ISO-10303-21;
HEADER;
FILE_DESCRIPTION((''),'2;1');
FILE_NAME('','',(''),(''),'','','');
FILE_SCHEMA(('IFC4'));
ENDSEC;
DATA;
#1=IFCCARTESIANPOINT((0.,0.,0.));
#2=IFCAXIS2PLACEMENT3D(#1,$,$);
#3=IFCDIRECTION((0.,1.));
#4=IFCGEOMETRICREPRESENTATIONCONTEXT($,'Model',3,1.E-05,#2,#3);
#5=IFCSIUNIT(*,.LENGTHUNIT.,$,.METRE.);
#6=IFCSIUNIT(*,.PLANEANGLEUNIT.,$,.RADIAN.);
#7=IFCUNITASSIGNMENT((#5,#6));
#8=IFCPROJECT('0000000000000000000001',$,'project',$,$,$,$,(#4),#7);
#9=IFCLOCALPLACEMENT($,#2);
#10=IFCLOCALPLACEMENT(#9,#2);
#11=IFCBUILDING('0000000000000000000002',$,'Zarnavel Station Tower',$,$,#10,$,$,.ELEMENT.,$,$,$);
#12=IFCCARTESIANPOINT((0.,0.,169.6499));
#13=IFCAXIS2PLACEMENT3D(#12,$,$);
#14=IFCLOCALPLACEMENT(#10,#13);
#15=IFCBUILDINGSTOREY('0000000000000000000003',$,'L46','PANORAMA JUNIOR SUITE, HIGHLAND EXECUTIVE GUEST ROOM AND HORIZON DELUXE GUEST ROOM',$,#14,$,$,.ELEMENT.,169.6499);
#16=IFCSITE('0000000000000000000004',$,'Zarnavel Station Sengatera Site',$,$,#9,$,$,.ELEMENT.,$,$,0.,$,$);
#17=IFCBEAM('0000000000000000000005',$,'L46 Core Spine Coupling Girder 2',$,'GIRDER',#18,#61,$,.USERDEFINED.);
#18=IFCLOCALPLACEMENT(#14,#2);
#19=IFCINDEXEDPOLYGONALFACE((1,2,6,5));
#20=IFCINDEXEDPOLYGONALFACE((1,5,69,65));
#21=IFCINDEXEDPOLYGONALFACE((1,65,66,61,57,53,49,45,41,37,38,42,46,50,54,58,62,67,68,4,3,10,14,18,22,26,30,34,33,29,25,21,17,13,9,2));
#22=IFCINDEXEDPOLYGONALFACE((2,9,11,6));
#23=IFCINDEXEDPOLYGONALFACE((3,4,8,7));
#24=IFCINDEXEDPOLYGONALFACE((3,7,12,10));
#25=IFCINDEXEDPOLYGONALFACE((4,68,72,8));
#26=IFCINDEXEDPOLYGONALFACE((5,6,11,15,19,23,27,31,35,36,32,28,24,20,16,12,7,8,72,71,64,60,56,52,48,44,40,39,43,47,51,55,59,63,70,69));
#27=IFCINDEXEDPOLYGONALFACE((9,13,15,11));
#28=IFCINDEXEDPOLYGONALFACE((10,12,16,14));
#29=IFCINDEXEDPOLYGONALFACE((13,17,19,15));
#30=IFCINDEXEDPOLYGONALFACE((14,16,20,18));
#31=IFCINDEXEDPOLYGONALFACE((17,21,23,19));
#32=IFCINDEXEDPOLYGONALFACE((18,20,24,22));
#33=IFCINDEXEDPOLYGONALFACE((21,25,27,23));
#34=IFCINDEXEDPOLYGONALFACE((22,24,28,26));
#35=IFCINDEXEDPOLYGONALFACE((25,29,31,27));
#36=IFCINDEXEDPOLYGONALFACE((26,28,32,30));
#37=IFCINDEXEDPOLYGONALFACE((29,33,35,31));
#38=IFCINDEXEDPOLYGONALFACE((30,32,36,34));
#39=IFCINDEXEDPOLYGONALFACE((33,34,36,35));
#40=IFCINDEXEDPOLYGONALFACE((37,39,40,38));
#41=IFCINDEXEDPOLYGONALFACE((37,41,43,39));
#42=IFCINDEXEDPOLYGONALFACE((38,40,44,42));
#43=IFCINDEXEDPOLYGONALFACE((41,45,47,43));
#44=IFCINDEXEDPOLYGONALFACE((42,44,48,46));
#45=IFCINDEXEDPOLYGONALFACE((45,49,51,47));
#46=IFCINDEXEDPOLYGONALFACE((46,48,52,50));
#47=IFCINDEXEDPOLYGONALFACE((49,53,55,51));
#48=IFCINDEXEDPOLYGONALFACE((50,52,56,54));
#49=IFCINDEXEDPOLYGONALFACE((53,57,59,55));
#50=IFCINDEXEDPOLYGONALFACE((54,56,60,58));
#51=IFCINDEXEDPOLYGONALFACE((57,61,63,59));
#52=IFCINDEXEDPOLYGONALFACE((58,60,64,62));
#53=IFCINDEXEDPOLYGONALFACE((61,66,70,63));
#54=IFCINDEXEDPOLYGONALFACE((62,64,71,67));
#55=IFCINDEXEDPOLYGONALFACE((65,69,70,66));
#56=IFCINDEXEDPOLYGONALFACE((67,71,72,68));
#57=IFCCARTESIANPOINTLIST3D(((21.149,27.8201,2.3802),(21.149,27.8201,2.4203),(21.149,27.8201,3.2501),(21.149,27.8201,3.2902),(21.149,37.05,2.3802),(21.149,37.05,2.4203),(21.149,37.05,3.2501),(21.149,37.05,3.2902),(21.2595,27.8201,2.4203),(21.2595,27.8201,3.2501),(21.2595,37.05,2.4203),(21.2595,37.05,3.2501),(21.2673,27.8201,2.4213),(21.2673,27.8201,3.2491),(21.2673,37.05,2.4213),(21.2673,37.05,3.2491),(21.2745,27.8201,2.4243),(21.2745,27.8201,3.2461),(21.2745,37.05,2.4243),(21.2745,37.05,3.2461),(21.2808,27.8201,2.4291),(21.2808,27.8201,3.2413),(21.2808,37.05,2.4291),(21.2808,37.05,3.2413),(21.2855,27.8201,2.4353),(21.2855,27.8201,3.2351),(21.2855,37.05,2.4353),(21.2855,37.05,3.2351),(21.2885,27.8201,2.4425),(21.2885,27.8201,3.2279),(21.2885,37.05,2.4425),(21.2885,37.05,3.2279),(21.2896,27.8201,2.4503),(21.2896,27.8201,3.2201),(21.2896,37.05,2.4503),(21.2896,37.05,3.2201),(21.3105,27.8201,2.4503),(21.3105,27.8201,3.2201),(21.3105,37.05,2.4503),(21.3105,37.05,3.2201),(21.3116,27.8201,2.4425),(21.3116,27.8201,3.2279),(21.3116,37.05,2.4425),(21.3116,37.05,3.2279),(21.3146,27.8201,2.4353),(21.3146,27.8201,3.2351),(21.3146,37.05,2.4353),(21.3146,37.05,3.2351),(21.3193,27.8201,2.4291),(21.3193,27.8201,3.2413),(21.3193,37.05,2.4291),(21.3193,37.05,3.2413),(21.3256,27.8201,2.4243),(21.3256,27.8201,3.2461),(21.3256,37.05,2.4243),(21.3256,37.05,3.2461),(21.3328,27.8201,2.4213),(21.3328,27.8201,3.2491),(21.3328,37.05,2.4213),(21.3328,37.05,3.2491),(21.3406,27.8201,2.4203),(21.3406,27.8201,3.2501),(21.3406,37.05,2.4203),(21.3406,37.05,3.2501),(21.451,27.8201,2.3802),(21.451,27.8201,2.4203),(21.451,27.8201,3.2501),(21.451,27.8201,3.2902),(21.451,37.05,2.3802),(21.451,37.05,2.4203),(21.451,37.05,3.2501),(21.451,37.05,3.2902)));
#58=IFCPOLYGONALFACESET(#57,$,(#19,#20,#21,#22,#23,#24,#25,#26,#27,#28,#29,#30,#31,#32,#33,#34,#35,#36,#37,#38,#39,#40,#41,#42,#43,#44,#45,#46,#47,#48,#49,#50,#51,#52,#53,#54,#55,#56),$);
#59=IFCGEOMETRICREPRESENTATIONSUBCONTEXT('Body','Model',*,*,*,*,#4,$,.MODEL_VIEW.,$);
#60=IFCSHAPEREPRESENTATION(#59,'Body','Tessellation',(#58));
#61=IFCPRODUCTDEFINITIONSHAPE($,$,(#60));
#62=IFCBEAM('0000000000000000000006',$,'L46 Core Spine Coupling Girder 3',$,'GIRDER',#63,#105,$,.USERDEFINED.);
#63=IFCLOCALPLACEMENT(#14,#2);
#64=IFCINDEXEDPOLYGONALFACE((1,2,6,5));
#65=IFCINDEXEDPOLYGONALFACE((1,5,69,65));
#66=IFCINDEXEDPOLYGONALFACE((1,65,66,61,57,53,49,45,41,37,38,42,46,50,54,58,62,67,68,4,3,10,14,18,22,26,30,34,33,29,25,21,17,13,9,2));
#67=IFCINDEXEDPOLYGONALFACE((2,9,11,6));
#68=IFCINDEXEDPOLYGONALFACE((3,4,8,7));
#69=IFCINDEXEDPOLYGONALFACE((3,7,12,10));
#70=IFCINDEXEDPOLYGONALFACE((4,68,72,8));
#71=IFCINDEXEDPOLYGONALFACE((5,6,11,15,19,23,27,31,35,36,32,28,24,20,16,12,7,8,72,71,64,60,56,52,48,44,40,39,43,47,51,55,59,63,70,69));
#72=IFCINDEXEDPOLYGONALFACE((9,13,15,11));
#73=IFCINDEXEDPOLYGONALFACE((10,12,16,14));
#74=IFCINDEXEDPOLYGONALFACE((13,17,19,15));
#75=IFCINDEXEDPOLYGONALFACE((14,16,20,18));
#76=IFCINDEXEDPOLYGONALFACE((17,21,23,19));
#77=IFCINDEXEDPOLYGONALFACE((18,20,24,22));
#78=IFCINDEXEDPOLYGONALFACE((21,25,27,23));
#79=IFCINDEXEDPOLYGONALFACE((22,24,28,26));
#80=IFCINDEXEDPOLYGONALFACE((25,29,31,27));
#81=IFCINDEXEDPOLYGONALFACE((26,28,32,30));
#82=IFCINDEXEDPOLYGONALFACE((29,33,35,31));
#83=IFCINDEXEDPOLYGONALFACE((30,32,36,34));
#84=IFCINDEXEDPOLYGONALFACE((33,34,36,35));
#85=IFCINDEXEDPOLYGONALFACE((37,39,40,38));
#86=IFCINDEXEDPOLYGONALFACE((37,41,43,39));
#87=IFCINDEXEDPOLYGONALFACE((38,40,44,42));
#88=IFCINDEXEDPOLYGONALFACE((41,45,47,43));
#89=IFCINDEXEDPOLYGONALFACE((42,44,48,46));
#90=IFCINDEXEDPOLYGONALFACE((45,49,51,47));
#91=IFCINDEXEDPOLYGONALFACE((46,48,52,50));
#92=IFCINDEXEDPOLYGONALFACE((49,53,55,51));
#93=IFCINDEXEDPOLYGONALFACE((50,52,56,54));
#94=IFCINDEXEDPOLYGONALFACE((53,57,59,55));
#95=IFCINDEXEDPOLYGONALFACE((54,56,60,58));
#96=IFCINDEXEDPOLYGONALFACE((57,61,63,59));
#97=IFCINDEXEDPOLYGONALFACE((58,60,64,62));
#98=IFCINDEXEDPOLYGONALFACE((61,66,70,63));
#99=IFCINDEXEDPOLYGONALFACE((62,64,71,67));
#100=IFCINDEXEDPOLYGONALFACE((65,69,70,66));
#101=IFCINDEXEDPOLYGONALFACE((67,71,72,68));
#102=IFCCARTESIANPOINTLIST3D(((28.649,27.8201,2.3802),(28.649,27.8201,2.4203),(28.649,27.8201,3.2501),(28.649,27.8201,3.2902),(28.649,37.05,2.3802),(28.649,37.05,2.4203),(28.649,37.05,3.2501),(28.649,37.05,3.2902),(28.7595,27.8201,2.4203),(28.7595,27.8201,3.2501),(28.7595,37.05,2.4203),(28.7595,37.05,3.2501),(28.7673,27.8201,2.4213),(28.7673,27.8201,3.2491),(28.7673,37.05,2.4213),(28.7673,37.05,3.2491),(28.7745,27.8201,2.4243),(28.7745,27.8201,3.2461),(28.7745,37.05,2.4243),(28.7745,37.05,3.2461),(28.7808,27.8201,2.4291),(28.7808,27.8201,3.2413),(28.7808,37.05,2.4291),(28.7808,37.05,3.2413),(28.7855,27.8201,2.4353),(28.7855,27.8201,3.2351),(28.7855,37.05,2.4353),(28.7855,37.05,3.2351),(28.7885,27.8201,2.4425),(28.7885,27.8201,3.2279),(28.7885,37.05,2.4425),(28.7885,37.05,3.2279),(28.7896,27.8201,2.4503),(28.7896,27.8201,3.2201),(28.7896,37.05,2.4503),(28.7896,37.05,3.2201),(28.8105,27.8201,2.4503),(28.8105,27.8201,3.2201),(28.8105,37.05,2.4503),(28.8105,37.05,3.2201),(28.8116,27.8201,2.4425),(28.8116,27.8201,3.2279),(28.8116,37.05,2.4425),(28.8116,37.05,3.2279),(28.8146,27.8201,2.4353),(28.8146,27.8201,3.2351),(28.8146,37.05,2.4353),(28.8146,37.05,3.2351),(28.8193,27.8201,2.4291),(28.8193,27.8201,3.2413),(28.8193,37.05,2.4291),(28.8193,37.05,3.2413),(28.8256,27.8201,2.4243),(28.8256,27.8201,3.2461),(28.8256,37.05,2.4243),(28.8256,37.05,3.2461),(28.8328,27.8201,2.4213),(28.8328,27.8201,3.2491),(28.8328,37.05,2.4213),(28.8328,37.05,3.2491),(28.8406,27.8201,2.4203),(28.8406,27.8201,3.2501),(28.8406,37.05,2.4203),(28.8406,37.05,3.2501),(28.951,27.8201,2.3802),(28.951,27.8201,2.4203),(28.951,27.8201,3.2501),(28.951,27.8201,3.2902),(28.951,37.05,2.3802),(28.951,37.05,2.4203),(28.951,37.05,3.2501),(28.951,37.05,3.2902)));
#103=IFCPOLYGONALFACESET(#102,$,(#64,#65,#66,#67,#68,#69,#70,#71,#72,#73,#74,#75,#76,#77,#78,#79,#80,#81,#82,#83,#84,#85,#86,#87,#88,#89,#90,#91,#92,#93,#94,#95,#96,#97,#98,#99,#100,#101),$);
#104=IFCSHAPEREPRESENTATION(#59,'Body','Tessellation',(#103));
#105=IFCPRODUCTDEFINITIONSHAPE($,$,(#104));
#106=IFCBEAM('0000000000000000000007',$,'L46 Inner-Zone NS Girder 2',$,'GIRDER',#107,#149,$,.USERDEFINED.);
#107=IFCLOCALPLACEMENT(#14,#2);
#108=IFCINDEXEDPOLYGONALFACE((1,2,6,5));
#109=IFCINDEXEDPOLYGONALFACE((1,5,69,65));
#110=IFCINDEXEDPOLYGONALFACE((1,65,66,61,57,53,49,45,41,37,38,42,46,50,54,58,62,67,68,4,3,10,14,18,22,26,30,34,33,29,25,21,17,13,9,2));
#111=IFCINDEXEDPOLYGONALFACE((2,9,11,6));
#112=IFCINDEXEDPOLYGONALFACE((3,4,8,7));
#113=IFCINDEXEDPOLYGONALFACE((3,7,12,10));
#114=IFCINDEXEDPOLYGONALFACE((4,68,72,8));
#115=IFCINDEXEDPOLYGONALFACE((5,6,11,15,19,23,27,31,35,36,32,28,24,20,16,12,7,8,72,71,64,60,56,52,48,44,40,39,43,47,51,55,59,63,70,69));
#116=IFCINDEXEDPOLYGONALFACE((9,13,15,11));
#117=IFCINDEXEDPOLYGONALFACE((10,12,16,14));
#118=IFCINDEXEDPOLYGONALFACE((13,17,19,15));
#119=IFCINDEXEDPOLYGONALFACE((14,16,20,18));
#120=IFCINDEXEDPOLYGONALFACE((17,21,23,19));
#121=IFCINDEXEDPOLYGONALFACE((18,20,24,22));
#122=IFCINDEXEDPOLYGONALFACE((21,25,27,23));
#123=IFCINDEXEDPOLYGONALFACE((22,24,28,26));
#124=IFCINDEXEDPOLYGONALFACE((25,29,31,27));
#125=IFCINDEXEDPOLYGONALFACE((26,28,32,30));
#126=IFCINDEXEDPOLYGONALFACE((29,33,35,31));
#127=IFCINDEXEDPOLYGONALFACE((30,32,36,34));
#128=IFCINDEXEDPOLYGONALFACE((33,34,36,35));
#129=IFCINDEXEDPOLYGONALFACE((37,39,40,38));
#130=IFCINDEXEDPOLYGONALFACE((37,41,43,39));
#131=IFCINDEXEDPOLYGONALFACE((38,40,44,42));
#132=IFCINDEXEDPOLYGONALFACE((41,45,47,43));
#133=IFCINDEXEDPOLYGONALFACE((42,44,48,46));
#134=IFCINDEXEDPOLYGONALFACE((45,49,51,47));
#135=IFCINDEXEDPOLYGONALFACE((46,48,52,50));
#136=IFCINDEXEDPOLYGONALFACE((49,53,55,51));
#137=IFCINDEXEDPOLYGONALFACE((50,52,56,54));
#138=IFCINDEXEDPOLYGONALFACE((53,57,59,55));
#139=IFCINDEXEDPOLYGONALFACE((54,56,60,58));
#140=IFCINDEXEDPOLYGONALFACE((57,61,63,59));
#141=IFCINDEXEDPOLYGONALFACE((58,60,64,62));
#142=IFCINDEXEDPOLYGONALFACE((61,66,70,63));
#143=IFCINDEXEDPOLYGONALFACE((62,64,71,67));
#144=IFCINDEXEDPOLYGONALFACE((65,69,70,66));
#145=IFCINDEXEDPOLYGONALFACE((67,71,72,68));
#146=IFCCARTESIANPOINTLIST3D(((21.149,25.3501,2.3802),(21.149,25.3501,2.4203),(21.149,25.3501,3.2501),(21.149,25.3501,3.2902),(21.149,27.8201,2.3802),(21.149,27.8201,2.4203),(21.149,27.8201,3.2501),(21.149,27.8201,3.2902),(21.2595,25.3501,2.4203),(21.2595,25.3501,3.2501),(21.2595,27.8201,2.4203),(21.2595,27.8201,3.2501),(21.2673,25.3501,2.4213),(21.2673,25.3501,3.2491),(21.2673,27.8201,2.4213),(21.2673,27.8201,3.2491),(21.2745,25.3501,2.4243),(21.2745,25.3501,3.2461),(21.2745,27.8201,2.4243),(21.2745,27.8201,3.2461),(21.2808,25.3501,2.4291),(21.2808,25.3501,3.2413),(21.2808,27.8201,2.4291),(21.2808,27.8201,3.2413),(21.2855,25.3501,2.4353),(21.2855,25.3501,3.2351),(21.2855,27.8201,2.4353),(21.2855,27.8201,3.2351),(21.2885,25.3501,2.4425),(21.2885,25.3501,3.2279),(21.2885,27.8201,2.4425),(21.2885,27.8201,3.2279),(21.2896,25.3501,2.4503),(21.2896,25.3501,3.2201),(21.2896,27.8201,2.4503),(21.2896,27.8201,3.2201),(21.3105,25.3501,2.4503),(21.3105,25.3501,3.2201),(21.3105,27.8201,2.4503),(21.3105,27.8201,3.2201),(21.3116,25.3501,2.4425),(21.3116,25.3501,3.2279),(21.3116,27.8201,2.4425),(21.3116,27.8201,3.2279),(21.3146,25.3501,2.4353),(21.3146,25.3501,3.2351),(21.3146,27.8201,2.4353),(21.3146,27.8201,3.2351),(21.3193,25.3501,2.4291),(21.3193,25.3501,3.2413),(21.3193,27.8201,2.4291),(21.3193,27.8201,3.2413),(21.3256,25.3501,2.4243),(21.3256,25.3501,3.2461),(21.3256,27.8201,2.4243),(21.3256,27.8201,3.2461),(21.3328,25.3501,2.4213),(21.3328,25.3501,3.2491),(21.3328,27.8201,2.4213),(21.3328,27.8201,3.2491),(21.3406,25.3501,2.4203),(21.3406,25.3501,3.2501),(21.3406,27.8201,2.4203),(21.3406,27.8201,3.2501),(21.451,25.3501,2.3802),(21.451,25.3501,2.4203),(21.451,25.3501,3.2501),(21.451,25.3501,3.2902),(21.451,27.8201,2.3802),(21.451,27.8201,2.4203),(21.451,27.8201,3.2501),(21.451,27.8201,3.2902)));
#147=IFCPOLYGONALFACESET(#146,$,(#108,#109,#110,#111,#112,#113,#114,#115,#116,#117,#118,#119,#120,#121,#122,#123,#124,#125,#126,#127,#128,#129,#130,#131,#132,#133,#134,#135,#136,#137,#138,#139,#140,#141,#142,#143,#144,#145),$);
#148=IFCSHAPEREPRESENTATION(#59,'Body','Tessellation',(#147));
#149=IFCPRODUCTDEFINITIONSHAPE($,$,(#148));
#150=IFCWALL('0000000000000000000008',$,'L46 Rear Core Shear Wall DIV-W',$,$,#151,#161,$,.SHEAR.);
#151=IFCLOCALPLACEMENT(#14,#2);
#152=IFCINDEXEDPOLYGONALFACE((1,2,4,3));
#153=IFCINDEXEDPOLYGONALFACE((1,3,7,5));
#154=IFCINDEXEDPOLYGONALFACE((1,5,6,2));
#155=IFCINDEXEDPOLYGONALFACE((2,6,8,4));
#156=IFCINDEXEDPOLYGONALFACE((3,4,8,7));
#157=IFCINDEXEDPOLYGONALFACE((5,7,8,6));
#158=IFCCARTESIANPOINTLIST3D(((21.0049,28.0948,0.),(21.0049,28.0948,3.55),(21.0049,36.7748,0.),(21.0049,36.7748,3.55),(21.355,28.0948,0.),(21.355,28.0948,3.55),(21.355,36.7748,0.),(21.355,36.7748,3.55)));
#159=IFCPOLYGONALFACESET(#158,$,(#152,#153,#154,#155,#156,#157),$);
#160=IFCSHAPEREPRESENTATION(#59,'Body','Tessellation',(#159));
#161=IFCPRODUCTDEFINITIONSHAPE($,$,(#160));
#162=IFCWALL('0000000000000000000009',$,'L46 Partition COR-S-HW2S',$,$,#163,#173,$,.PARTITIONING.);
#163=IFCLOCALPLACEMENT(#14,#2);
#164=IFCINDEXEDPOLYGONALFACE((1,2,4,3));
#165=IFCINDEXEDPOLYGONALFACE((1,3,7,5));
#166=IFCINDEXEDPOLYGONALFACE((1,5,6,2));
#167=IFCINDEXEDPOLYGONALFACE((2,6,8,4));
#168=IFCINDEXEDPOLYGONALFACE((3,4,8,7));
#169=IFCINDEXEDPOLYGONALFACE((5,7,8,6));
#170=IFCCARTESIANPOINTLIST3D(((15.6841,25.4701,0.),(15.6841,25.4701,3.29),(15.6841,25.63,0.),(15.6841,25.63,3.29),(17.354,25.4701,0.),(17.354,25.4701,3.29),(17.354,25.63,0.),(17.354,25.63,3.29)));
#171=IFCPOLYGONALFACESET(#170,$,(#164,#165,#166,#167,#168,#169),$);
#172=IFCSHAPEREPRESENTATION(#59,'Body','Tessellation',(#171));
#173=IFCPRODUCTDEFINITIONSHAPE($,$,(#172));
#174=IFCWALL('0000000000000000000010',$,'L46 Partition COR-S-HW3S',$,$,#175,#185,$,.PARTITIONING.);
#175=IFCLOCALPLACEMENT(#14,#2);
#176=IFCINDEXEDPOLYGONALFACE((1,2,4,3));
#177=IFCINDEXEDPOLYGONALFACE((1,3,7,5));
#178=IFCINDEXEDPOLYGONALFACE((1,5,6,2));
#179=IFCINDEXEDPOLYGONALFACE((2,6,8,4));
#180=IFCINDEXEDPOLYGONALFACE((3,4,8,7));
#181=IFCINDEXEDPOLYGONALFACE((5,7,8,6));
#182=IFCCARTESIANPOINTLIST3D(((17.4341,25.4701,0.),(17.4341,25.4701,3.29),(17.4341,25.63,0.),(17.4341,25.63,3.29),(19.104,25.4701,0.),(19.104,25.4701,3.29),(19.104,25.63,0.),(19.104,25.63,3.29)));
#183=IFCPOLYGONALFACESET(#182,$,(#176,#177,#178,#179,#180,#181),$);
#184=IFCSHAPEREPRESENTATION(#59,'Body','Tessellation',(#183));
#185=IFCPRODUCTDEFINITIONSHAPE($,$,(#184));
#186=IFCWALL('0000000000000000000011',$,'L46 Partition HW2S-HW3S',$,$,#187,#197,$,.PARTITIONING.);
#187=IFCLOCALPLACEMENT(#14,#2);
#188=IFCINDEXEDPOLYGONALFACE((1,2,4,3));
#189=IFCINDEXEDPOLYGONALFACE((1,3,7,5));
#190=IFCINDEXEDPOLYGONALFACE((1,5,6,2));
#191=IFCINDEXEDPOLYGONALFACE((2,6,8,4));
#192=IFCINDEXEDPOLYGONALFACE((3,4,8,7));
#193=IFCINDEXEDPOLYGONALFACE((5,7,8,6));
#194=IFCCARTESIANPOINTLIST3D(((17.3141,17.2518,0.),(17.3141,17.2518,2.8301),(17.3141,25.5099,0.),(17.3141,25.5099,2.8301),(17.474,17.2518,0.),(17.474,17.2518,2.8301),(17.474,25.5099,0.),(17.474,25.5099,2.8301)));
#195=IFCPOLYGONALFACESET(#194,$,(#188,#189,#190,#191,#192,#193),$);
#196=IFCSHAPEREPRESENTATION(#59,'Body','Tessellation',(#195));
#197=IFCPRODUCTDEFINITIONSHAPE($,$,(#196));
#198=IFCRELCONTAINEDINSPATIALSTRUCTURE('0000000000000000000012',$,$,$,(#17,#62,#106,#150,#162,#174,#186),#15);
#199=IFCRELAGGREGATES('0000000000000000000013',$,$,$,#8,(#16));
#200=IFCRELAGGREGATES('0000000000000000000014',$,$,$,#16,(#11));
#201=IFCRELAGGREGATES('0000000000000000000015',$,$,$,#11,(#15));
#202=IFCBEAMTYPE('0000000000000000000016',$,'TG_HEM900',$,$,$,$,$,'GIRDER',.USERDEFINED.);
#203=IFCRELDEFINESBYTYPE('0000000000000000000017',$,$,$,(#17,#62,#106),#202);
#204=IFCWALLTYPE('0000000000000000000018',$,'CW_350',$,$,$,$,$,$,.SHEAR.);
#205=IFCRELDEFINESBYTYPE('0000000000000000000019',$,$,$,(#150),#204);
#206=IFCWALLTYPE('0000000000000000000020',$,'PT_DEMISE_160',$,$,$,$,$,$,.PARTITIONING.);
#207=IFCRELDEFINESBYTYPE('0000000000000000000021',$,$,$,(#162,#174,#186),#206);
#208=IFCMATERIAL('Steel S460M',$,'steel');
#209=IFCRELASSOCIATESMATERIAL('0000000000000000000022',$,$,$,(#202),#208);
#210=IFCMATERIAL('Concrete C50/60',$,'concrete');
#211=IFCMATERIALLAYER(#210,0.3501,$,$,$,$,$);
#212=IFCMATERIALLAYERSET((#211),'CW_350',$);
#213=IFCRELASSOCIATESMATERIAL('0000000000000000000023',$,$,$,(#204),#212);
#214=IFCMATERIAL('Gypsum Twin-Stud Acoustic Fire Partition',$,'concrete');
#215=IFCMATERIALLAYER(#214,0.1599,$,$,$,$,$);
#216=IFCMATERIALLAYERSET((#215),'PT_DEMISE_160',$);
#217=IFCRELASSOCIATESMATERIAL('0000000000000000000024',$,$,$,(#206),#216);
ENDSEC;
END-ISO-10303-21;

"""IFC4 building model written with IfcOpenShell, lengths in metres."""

from ifc_helpers import new_model, si_unit, direction, frame, frame_2d, origin, origin_2d, place, context, subcontext, project, spatial, rectangle, i_section, extrude, material, layer, layer_set, material_profile, profile_set, type_object, element, save


model = new_model("IFC4")

# Units and contexts
model_context = context("Model", 3, precision=1e-05, world=origin(), true_north=direction((0.0, 1.0)))
body_context = subcontext(model_context, "Body", "Model", "MODEL_VIEW")
ifc_project = project(units=[si_unit("LENGTHUNIT", "METRE"), si_unit("PLANEANGLEUNIT", "RADIAN")], contexts=[model_context])

# Site, building, storey
site_placement = place(None, origin())
site = spatial("IfcSite", under=ifc_project, at=site_placement, Name="Zarnavel Station Sengatera Site", CompositionType="ELEMENT", RefElevation=0.0)
building_placement = place(site_placement, origin())
building = spatial("IfcBuilding", under=site, at=building_placement, Name="Zarnavel Station Tower", CompositionType="ELEMENT")
storey_placement = place(building_placement, frame((0.0, 0.0, 169.6499)))
storey = spatial("IfcBuildingStorey", under=building, at=storey_placement, Name="L46", Description="PANORAMA JUNIOR SUITE, HIGHLAND EXECUTIVE GUEST ROOM AND HORIZON DELUXE GUEST ROOM", CompositionType="ELEMENT", Elevation=169.6499)

# Beams
ifc_material_1 = material(Name="Steel S460M", Category="steel")
ifc_material_profile_1 = material_profile(ifc_material_1, i_section(OverallWidth=0.302, OverallDepth=0.9099, WebThickness=0.021, FlangeThickness=0.04, FilletRadius=0.03, at=origin_2d()), Name="HEM900")
ifc_profile_set_1 = profile_set([ifc_material_profile_1], Name="Steel S460M")
beam_type_1 = type_object("IfcBeamType", Name="TG_HEM900", ElementType="GIRDER", PredefinedType="USERDEFINED", material=ifc_profile_set_1)
for number, where, z_axis, x_axis, name in (
    (1, (21.3, 27.8201, 2.8352), (0.0, 1.0, 0.0), (-1.0, 0.0, 0.0), "L46 Core Spine Coupling Girder 2"),
    (2, (28.8, 27.8201, 2.8352), (0.0, 1.0, 0.0), (-1.0, 0.0, 0.0), "L46 Core Spine Coupling Girder 3"),
):
    element("IfcBeam", number, at=place(storey_placement, frame(where, z_axis=z_axis, x_axis=x_axis)), inside=storey, type_object=beam_type_1, Name=name, ObjectType="GIRDER", PredefinedType="USERDEFINED", context=body_context, shape_type="SweptSolid", body=[
        extrude(i_section(OverallWidth=0.302, OverallDepth=0.9099, WebThickness=0.021, FlangeThickness=0.04, FilletRadius=0.03, at=origin_2d()), origin(), (0.0, 0.0, 1.0), 9.23),
    ])
beam_1_placement = place(storey_placement, frame((21.3, 25.3501, 2.8352), z_axis=(0.0, 1.0, 0.0), x_axis=(-1.0, 0.0, 0.0)))
element("IfcBeam", 3, at=beam_1_placement, inside=storey, type_object=beam_type_1, Name="L46 Inner-Zone NS Girder 2", ObjectType="GIRDER", PredefinedType="USERDEFINED", context=body_context, shape_type="SweptSolid", body=[
    extrude(i_section(OverallWidth=0.302, OverallDepth=0.9099, WebThickness=0.021, FlangeThickness=0.04, FilletRadius=0.03, at=origin_2d()), origin(), (0.0, 0.0, 1.0), 2.47),
])

# Wall
ifc_material_2 = material(Name="Concrete C50/60", Category="concrete")
ifc_layer_1 = layer(ifc_material_2, 0.3501)
ifc_layer_set_1 = layer_set([ifc_layer_1], Name="CW_350")
wall_type_1 = type_object("IfcWallType", Name="CW_350", PredefinedType="SHEAR", material=ifc_layer_set_1)
wall_1_placement = place(storey_placement, frame((21.1799, 28.095, 0.0), z_axis=(0.0, 0.0, 1.0), x_axis=(0.0, 1.0, 0.0)))
element("IfcWall", 4, at=wall_1_placement, inside=storey, type_object=wall_type_1, Name="L46 Rear Core Shear Wall DIV-W", PredefinedType="SHEAR", context=body_context, shape_type="SweptSolid", body=[
    extrude(rectangle(XDim=8.6799, YDim=0.3501, at=frame_2d((4.3398, 0.0))), origin(), (0.0, 0.0, 1.0), 3.55),
])

# Wall
ifc_material_3 = material(Name="Gypsum Twin-Stud Acoustic Fire Partition", Category="concrete")
ifc_layer_2 = layer(ifc_material_3, 0.1599)
ifc_layer_set_2 = layer_set([ifc_layer_2], Name="PT_DEMISE_160")
wall_type_2 = type_object("IfcWallType", Name="PT_DEMISE_160", PredefinedType="PARTITIONING", material=ifc_layer_set_2)
wall_2_placement = place(storey_placement, frame((15.6841, 25.55, 0.0), z_axis=(0.0, 0.0, 1.0), x_axis=(1.0, 0.0, 0.0)))
element("IfcWall", 5, at=wall_2_placement, inside=storey, type_object=wall_type_2, Name="L46 Partition COR-S-HW2S", PredefinedType="PARTITIONING", context=body_context, shape_type="SweptSolid", body=[
    extrude(rectangle(XDim=1.6699, YDim=0.1599, at=frame_2d((0.835, 0.0))), origin(), (0.0, 0.0, 1.0), 3.29),
])

# Walls
wall_3_placement = place(storey_placement, frame((17.4341, 25.55, 0.0), z_axis=(0.0, 0.0, 1.0), x_axis=(1.0, 0.0, 0.0)))
element("IfcWall", 6, at=wall_3_placement, inside=storey, type_object=wall_type_2, Name="L46 Partition COR-S-HW3S", PredefinedType="PARTITIONING", context=body_context, shape_type="SweptSolid", body=[
    extrude(rectangle(XDim=1.6699, YDim=0.1599, at=frame_2d((0.835, 0.0))), origin(), (0.0, 0.0, 1.0), 3.29),
])
wall_4_placement = place(storey_placement, frame((17.394, 17.252, 0.0), z_axis=(0.0, 0.0, 1.0), x_axis=(0.0, 1.0, 0.0)))
element("IfcWall", 7, at=wall_4_placement, inside=storey, type_object=wall_type_2, Name="L46 Partition HW2S-HW3S", PredefinedType="PARTITIONING", context=body_context, shape_type="SweptSolid", body=[
    extrude(rectangle(XDim=8.2581, YDim=0.1599, at=frame_2d((4.1289, 0.0))), origin(), (0.0, 0.0, 1.0), 2.8301),
])

save(model, "model.ifc")
